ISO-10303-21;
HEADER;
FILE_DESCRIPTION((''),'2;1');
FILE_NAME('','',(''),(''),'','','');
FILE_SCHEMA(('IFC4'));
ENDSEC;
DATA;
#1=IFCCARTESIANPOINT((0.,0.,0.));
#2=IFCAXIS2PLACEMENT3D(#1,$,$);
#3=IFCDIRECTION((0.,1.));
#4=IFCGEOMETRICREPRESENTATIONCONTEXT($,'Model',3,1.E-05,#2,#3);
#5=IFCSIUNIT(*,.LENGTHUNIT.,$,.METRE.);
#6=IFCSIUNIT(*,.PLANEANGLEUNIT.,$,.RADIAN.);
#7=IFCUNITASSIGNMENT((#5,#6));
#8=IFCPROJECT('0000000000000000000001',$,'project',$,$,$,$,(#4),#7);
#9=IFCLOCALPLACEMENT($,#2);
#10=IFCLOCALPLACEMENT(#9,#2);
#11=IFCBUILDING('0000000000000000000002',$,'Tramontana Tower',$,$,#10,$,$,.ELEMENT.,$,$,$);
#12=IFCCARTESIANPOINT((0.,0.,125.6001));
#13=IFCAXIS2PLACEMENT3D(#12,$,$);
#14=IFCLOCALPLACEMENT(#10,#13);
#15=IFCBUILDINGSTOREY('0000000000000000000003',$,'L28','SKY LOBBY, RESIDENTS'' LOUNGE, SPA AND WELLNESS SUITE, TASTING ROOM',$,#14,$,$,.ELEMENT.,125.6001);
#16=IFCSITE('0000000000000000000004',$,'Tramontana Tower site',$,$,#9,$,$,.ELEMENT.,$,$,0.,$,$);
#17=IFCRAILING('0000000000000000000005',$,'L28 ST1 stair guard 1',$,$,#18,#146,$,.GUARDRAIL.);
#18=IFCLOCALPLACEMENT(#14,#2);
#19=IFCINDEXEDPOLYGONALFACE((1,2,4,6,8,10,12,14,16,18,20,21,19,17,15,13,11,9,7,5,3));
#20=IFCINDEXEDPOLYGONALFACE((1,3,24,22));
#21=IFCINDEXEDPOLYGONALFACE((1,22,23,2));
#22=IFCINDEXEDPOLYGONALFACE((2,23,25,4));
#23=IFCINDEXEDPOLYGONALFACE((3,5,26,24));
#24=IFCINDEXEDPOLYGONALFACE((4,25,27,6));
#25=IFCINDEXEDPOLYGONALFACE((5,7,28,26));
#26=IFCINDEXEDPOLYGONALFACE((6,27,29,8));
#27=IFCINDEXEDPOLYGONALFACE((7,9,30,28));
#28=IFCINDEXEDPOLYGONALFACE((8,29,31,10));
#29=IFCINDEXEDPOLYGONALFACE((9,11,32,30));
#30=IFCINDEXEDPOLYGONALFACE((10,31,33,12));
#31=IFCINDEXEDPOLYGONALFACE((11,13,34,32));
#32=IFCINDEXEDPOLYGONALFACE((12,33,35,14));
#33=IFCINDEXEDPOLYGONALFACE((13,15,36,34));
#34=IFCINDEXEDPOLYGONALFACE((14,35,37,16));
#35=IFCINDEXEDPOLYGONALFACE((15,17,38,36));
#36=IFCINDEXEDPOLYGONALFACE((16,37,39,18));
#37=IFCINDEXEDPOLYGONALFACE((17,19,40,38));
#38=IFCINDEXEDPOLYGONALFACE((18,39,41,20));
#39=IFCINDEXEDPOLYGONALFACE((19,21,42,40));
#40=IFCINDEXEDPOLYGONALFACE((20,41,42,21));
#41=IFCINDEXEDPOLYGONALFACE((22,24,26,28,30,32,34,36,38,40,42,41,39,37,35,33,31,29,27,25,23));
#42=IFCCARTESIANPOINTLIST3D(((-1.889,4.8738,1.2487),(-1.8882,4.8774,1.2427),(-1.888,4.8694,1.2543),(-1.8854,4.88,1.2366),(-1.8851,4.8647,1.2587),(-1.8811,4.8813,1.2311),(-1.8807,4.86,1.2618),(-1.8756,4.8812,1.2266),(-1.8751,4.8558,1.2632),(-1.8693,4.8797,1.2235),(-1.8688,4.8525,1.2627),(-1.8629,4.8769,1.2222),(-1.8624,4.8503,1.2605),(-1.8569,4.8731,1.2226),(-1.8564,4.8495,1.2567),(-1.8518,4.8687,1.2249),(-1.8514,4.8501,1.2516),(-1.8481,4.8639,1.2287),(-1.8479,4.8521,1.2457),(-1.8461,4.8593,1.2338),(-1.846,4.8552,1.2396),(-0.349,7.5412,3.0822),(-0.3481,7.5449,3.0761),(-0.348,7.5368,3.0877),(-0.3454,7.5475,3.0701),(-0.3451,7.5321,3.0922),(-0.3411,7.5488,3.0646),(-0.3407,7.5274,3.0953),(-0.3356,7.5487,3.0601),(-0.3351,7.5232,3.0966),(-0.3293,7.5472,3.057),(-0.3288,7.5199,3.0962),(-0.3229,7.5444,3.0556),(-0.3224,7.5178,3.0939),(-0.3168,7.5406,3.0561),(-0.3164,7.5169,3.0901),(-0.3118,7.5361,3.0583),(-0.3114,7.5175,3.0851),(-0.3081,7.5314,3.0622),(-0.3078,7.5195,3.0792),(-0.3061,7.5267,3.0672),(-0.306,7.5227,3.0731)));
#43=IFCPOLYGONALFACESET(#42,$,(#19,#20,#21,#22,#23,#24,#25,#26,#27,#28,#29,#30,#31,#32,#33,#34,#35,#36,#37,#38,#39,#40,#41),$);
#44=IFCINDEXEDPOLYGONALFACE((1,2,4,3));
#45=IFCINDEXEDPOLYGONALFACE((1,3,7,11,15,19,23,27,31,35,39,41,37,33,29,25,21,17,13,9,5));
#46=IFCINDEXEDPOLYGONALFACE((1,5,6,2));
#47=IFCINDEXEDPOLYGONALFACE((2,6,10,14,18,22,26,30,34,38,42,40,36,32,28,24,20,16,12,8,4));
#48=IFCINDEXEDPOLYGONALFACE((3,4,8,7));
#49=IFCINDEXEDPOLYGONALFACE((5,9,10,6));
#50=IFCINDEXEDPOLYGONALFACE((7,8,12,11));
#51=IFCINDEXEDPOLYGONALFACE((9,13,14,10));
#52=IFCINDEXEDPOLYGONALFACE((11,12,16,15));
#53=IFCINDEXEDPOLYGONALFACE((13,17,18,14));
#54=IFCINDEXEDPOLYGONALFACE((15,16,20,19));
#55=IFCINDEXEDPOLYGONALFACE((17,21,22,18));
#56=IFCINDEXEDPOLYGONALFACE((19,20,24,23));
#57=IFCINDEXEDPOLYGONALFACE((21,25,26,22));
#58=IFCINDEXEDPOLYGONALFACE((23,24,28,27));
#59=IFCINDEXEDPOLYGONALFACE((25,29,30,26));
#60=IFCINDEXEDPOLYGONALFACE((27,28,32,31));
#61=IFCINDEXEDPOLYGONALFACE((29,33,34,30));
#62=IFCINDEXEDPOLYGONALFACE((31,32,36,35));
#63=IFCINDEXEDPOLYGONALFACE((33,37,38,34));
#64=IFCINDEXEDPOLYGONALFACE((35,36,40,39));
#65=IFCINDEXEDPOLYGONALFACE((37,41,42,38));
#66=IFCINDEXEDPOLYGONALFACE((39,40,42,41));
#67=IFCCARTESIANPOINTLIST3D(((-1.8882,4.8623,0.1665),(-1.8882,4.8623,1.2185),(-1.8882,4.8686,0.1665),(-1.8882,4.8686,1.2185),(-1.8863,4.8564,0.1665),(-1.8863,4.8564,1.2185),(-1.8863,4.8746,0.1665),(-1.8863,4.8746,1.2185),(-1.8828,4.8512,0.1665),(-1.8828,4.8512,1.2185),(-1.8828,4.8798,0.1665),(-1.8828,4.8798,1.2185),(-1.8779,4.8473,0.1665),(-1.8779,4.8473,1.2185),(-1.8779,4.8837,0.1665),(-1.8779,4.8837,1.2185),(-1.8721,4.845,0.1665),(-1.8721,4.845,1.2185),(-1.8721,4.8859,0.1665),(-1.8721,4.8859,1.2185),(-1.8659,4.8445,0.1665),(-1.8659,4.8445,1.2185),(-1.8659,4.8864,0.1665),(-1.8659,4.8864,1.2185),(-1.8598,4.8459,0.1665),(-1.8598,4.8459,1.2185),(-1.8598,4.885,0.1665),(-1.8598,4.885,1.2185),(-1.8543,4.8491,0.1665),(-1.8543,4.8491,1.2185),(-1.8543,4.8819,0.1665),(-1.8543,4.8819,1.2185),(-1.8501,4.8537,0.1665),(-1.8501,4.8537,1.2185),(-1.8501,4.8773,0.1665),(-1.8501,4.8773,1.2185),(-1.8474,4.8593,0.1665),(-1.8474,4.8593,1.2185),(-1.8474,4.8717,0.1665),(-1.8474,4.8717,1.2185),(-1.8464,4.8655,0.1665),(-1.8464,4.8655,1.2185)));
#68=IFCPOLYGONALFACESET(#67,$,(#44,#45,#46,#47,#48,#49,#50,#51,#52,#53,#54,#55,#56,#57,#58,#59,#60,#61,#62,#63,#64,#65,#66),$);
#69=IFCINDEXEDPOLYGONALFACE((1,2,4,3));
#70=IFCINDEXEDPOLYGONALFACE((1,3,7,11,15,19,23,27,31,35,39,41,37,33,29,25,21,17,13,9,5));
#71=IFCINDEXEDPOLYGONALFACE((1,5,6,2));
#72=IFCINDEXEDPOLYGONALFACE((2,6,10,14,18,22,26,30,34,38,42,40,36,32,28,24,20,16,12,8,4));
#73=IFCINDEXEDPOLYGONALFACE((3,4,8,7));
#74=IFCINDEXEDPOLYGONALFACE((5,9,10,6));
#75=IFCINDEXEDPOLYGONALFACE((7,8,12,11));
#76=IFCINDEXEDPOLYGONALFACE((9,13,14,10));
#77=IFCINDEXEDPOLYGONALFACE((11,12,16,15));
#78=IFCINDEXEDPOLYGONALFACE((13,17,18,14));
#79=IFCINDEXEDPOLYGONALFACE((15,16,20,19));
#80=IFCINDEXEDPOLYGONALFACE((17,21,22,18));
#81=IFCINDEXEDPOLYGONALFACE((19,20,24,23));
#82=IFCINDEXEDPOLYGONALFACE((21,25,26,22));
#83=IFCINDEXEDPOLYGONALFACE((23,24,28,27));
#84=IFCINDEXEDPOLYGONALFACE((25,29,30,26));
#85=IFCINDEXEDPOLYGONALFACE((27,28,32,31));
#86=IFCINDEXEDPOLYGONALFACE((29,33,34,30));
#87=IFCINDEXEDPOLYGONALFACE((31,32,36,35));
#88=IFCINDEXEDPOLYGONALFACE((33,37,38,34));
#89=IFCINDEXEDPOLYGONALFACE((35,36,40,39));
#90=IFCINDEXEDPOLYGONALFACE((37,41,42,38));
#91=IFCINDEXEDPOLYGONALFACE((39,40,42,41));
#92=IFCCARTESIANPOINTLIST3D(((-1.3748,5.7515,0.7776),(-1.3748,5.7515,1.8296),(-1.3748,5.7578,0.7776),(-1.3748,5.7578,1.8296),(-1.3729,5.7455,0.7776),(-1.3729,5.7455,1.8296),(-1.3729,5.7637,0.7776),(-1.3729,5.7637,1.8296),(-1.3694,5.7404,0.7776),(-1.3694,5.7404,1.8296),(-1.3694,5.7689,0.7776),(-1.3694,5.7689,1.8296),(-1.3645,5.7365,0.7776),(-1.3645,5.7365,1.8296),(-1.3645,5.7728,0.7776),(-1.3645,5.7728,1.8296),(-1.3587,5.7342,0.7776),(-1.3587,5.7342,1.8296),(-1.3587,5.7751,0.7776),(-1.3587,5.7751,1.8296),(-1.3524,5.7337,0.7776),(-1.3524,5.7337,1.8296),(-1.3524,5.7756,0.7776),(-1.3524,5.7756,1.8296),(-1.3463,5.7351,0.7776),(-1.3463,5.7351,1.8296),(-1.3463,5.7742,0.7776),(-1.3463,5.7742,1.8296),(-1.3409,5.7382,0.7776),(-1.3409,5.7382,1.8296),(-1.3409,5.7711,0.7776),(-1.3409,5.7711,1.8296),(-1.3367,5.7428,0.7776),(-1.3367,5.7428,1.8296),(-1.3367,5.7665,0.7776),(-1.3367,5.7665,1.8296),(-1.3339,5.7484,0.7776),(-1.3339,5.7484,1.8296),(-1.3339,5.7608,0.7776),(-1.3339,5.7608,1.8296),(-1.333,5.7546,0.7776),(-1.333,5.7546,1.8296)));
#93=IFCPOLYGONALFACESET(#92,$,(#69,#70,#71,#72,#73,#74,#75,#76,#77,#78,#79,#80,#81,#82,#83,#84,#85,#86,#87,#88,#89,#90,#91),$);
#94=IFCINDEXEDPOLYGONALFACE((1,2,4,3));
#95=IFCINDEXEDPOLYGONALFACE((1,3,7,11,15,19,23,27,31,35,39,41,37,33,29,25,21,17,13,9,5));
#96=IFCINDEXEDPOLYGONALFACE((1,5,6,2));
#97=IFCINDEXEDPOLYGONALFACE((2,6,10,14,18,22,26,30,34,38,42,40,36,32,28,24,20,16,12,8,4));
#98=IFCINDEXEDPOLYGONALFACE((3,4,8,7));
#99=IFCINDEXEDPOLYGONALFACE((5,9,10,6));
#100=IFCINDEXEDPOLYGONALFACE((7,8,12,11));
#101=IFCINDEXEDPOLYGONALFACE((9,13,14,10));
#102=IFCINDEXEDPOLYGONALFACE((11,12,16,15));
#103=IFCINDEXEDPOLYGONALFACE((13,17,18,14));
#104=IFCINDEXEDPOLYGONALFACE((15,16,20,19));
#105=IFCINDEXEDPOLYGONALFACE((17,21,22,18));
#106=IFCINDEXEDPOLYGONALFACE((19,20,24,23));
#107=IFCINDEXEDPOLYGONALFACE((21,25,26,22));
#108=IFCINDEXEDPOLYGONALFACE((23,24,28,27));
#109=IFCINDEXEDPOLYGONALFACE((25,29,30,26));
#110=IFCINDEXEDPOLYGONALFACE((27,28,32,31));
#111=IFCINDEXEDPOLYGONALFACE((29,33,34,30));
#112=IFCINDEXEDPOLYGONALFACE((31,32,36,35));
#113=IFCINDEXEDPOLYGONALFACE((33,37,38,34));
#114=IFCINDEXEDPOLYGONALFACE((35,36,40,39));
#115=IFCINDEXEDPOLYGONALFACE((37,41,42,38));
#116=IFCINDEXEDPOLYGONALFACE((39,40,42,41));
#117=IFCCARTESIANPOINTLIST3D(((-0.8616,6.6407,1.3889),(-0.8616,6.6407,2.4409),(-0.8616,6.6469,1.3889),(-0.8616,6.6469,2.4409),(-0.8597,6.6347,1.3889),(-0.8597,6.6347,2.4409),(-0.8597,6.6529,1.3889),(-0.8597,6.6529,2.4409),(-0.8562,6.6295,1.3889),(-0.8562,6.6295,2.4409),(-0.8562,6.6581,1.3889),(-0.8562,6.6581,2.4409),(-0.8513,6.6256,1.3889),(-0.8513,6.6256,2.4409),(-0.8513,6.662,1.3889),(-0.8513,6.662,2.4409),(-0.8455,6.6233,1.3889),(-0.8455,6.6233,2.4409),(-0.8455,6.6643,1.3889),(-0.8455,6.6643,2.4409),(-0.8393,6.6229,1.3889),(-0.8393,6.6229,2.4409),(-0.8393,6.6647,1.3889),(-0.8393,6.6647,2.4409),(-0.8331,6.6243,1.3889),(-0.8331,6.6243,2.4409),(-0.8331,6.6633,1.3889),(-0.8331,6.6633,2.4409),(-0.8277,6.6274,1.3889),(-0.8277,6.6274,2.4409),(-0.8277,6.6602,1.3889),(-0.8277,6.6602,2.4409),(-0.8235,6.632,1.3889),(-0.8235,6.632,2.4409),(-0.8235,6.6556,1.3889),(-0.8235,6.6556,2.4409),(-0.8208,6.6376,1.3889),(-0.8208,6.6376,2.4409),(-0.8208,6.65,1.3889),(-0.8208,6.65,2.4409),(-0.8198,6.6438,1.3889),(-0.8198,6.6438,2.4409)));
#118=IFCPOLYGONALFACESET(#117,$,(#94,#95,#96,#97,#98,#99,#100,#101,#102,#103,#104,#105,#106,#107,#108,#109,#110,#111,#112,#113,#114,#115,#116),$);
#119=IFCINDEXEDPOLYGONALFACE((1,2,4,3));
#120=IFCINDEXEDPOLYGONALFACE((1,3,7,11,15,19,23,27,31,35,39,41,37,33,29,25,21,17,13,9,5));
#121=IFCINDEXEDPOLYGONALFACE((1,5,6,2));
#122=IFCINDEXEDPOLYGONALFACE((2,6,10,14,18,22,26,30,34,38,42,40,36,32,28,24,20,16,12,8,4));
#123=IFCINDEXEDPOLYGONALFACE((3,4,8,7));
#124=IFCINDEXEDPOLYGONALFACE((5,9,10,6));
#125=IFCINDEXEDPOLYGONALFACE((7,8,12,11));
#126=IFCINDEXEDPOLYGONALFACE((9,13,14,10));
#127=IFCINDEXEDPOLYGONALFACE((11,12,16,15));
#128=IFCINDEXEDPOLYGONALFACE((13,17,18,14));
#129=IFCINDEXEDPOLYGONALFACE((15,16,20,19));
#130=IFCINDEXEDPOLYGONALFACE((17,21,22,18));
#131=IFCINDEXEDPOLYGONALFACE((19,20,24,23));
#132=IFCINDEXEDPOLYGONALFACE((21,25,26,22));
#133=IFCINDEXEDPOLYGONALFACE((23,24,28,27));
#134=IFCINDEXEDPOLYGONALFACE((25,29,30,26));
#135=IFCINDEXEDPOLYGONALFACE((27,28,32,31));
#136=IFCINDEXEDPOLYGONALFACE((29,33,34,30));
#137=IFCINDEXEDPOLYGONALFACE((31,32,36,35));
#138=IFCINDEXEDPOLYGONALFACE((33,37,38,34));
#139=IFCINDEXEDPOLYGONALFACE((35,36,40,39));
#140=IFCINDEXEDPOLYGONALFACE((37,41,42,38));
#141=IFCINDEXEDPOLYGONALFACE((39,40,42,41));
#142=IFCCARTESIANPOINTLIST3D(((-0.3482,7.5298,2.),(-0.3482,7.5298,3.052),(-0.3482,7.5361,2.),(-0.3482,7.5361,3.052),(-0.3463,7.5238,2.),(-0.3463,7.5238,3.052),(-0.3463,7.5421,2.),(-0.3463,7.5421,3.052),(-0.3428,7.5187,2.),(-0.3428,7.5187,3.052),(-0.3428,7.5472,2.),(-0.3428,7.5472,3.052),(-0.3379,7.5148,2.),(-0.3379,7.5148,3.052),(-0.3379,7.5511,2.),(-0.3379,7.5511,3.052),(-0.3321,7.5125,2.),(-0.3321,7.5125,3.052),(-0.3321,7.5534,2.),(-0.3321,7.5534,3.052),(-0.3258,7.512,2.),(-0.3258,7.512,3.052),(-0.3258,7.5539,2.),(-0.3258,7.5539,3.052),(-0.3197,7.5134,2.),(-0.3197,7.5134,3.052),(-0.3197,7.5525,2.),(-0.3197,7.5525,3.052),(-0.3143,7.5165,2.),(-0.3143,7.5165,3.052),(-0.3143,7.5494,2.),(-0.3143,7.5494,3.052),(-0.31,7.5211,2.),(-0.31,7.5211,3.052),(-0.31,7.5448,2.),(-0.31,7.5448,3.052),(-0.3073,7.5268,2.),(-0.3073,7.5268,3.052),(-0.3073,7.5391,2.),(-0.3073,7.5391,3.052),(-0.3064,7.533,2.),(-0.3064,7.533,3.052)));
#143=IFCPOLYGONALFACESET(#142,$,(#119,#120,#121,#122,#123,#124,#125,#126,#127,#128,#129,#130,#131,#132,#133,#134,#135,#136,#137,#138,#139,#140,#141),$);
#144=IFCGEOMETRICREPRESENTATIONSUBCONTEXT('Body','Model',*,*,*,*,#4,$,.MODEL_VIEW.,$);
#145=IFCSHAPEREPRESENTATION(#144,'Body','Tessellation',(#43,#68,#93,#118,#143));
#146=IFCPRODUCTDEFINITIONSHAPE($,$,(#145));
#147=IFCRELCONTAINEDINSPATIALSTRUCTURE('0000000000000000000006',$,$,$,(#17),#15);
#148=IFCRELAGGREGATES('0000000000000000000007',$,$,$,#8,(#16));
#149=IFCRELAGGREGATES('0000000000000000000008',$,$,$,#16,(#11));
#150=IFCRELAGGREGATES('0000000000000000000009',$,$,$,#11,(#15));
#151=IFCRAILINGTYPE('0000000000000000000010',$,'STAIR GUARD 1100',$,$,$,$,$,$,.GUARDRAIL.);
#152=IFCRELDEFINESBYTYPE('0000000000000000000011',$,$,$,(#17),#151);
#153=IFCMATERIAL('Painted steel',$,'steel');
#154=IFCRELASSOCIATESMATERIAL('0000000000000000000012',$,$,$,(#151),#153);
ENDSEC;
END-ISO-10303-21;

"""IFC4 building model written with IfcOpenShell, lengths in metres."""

from ifc_helpers import new_model, si_unit, direction, frame, origin, origin_2d, place, context, subcontext, project, spatial, circle, extrude, material, type_object, element, save


model = new_model("IFC4")

# Units and contexts
model_context = context("Model", 3, precision=1e-05, world=origin(), true_north=direction((0.0, 1.0)))
body_context = subcontext(model_context, "Body", "Model", "MODEL_VIEW")
ifc_project = project(units=[si_unit("LENGTHUNIT", "METRE"), si_unit("PLANEANGLEUNIT", "RADIAN")], contexts=[model_context])

# Site, building, storey
site_placement = place(None, origin())
site = spatial("IfcSite", under=ifc_project, at=site_placement, Name="Tramontana Tower site", CompositionType="ELEMENT", RefElevation=0.0)
building_placement = place(site_placement, origin())
building = spatial("IfcBuilding", under=site, at=building_placement, Name="Tramontana Tower", CompositionType="ELEMENT")
storey_placement = place(building_placement, frame((0.0, 0.0, 125.6001)))
storey = spatial("IfcBuildingStorey", under=building, at=storey_placement, Name="L28", Description="SKY LOBBY, RESIDENTS' LOUNGE, SPA AND WELLNESS SUITE, TASTING ROOM", CompositionType="ELEMENT", Elevation=125.6001)

# Railing
ifc_material_1 = material(Name="Painted steel", Category="steel")
railing_type_1 = type_object("IfcRailingType", Name="STAIR GUARD 1100", PredefinedType="GUARDRAIL", material=ifc_material_1)
railing_1_placement = place(storey_placement, frame((-1.8674, 4.8655, 0.1665)))
element("IfcRailing", 1, at=railing_1_placement, inside=storey, type_object=railing_type_1, Name="L28 ST1 stair guard 1", PredefinedType="GUARDRAIL", context=body_context, shape_type="SweptSolid", body=[
    extrude(circle(Radius=0.0239, at=origin_2d()), frame((0.0, 0.0, 1.0762), z_axis=(0.429634, 0.744164, 0.511502), x_axis=(-0.86603, 0.499992, 0.0)), (0.0, 0.0, 1.0), 3.5845),
    extrude(circle(Radius=0.021, at=origin_2d()), origin(), (0.0, 0.0, 1.0), 1.052),
    extrude(circle(Radius=0.021, at=origin_2d()), frame((0.5134, 0.8892, 0.6111)), (0.0, 0.0, 1.0), 1.052),
    extrude(circle(Radius=0.021, at=origin_2d()), frame((1.0266, 1.7783, 1.2224)), (0.0, 0.0, 1.0), 1.052),
    extrude(circle(Radius=0.021, at=origin_2d()), frame((1.54, 2.6675, 1.8335)), (0.0, 0.0, 1.0), 1.052),
])

save(model, "model.ifc")
